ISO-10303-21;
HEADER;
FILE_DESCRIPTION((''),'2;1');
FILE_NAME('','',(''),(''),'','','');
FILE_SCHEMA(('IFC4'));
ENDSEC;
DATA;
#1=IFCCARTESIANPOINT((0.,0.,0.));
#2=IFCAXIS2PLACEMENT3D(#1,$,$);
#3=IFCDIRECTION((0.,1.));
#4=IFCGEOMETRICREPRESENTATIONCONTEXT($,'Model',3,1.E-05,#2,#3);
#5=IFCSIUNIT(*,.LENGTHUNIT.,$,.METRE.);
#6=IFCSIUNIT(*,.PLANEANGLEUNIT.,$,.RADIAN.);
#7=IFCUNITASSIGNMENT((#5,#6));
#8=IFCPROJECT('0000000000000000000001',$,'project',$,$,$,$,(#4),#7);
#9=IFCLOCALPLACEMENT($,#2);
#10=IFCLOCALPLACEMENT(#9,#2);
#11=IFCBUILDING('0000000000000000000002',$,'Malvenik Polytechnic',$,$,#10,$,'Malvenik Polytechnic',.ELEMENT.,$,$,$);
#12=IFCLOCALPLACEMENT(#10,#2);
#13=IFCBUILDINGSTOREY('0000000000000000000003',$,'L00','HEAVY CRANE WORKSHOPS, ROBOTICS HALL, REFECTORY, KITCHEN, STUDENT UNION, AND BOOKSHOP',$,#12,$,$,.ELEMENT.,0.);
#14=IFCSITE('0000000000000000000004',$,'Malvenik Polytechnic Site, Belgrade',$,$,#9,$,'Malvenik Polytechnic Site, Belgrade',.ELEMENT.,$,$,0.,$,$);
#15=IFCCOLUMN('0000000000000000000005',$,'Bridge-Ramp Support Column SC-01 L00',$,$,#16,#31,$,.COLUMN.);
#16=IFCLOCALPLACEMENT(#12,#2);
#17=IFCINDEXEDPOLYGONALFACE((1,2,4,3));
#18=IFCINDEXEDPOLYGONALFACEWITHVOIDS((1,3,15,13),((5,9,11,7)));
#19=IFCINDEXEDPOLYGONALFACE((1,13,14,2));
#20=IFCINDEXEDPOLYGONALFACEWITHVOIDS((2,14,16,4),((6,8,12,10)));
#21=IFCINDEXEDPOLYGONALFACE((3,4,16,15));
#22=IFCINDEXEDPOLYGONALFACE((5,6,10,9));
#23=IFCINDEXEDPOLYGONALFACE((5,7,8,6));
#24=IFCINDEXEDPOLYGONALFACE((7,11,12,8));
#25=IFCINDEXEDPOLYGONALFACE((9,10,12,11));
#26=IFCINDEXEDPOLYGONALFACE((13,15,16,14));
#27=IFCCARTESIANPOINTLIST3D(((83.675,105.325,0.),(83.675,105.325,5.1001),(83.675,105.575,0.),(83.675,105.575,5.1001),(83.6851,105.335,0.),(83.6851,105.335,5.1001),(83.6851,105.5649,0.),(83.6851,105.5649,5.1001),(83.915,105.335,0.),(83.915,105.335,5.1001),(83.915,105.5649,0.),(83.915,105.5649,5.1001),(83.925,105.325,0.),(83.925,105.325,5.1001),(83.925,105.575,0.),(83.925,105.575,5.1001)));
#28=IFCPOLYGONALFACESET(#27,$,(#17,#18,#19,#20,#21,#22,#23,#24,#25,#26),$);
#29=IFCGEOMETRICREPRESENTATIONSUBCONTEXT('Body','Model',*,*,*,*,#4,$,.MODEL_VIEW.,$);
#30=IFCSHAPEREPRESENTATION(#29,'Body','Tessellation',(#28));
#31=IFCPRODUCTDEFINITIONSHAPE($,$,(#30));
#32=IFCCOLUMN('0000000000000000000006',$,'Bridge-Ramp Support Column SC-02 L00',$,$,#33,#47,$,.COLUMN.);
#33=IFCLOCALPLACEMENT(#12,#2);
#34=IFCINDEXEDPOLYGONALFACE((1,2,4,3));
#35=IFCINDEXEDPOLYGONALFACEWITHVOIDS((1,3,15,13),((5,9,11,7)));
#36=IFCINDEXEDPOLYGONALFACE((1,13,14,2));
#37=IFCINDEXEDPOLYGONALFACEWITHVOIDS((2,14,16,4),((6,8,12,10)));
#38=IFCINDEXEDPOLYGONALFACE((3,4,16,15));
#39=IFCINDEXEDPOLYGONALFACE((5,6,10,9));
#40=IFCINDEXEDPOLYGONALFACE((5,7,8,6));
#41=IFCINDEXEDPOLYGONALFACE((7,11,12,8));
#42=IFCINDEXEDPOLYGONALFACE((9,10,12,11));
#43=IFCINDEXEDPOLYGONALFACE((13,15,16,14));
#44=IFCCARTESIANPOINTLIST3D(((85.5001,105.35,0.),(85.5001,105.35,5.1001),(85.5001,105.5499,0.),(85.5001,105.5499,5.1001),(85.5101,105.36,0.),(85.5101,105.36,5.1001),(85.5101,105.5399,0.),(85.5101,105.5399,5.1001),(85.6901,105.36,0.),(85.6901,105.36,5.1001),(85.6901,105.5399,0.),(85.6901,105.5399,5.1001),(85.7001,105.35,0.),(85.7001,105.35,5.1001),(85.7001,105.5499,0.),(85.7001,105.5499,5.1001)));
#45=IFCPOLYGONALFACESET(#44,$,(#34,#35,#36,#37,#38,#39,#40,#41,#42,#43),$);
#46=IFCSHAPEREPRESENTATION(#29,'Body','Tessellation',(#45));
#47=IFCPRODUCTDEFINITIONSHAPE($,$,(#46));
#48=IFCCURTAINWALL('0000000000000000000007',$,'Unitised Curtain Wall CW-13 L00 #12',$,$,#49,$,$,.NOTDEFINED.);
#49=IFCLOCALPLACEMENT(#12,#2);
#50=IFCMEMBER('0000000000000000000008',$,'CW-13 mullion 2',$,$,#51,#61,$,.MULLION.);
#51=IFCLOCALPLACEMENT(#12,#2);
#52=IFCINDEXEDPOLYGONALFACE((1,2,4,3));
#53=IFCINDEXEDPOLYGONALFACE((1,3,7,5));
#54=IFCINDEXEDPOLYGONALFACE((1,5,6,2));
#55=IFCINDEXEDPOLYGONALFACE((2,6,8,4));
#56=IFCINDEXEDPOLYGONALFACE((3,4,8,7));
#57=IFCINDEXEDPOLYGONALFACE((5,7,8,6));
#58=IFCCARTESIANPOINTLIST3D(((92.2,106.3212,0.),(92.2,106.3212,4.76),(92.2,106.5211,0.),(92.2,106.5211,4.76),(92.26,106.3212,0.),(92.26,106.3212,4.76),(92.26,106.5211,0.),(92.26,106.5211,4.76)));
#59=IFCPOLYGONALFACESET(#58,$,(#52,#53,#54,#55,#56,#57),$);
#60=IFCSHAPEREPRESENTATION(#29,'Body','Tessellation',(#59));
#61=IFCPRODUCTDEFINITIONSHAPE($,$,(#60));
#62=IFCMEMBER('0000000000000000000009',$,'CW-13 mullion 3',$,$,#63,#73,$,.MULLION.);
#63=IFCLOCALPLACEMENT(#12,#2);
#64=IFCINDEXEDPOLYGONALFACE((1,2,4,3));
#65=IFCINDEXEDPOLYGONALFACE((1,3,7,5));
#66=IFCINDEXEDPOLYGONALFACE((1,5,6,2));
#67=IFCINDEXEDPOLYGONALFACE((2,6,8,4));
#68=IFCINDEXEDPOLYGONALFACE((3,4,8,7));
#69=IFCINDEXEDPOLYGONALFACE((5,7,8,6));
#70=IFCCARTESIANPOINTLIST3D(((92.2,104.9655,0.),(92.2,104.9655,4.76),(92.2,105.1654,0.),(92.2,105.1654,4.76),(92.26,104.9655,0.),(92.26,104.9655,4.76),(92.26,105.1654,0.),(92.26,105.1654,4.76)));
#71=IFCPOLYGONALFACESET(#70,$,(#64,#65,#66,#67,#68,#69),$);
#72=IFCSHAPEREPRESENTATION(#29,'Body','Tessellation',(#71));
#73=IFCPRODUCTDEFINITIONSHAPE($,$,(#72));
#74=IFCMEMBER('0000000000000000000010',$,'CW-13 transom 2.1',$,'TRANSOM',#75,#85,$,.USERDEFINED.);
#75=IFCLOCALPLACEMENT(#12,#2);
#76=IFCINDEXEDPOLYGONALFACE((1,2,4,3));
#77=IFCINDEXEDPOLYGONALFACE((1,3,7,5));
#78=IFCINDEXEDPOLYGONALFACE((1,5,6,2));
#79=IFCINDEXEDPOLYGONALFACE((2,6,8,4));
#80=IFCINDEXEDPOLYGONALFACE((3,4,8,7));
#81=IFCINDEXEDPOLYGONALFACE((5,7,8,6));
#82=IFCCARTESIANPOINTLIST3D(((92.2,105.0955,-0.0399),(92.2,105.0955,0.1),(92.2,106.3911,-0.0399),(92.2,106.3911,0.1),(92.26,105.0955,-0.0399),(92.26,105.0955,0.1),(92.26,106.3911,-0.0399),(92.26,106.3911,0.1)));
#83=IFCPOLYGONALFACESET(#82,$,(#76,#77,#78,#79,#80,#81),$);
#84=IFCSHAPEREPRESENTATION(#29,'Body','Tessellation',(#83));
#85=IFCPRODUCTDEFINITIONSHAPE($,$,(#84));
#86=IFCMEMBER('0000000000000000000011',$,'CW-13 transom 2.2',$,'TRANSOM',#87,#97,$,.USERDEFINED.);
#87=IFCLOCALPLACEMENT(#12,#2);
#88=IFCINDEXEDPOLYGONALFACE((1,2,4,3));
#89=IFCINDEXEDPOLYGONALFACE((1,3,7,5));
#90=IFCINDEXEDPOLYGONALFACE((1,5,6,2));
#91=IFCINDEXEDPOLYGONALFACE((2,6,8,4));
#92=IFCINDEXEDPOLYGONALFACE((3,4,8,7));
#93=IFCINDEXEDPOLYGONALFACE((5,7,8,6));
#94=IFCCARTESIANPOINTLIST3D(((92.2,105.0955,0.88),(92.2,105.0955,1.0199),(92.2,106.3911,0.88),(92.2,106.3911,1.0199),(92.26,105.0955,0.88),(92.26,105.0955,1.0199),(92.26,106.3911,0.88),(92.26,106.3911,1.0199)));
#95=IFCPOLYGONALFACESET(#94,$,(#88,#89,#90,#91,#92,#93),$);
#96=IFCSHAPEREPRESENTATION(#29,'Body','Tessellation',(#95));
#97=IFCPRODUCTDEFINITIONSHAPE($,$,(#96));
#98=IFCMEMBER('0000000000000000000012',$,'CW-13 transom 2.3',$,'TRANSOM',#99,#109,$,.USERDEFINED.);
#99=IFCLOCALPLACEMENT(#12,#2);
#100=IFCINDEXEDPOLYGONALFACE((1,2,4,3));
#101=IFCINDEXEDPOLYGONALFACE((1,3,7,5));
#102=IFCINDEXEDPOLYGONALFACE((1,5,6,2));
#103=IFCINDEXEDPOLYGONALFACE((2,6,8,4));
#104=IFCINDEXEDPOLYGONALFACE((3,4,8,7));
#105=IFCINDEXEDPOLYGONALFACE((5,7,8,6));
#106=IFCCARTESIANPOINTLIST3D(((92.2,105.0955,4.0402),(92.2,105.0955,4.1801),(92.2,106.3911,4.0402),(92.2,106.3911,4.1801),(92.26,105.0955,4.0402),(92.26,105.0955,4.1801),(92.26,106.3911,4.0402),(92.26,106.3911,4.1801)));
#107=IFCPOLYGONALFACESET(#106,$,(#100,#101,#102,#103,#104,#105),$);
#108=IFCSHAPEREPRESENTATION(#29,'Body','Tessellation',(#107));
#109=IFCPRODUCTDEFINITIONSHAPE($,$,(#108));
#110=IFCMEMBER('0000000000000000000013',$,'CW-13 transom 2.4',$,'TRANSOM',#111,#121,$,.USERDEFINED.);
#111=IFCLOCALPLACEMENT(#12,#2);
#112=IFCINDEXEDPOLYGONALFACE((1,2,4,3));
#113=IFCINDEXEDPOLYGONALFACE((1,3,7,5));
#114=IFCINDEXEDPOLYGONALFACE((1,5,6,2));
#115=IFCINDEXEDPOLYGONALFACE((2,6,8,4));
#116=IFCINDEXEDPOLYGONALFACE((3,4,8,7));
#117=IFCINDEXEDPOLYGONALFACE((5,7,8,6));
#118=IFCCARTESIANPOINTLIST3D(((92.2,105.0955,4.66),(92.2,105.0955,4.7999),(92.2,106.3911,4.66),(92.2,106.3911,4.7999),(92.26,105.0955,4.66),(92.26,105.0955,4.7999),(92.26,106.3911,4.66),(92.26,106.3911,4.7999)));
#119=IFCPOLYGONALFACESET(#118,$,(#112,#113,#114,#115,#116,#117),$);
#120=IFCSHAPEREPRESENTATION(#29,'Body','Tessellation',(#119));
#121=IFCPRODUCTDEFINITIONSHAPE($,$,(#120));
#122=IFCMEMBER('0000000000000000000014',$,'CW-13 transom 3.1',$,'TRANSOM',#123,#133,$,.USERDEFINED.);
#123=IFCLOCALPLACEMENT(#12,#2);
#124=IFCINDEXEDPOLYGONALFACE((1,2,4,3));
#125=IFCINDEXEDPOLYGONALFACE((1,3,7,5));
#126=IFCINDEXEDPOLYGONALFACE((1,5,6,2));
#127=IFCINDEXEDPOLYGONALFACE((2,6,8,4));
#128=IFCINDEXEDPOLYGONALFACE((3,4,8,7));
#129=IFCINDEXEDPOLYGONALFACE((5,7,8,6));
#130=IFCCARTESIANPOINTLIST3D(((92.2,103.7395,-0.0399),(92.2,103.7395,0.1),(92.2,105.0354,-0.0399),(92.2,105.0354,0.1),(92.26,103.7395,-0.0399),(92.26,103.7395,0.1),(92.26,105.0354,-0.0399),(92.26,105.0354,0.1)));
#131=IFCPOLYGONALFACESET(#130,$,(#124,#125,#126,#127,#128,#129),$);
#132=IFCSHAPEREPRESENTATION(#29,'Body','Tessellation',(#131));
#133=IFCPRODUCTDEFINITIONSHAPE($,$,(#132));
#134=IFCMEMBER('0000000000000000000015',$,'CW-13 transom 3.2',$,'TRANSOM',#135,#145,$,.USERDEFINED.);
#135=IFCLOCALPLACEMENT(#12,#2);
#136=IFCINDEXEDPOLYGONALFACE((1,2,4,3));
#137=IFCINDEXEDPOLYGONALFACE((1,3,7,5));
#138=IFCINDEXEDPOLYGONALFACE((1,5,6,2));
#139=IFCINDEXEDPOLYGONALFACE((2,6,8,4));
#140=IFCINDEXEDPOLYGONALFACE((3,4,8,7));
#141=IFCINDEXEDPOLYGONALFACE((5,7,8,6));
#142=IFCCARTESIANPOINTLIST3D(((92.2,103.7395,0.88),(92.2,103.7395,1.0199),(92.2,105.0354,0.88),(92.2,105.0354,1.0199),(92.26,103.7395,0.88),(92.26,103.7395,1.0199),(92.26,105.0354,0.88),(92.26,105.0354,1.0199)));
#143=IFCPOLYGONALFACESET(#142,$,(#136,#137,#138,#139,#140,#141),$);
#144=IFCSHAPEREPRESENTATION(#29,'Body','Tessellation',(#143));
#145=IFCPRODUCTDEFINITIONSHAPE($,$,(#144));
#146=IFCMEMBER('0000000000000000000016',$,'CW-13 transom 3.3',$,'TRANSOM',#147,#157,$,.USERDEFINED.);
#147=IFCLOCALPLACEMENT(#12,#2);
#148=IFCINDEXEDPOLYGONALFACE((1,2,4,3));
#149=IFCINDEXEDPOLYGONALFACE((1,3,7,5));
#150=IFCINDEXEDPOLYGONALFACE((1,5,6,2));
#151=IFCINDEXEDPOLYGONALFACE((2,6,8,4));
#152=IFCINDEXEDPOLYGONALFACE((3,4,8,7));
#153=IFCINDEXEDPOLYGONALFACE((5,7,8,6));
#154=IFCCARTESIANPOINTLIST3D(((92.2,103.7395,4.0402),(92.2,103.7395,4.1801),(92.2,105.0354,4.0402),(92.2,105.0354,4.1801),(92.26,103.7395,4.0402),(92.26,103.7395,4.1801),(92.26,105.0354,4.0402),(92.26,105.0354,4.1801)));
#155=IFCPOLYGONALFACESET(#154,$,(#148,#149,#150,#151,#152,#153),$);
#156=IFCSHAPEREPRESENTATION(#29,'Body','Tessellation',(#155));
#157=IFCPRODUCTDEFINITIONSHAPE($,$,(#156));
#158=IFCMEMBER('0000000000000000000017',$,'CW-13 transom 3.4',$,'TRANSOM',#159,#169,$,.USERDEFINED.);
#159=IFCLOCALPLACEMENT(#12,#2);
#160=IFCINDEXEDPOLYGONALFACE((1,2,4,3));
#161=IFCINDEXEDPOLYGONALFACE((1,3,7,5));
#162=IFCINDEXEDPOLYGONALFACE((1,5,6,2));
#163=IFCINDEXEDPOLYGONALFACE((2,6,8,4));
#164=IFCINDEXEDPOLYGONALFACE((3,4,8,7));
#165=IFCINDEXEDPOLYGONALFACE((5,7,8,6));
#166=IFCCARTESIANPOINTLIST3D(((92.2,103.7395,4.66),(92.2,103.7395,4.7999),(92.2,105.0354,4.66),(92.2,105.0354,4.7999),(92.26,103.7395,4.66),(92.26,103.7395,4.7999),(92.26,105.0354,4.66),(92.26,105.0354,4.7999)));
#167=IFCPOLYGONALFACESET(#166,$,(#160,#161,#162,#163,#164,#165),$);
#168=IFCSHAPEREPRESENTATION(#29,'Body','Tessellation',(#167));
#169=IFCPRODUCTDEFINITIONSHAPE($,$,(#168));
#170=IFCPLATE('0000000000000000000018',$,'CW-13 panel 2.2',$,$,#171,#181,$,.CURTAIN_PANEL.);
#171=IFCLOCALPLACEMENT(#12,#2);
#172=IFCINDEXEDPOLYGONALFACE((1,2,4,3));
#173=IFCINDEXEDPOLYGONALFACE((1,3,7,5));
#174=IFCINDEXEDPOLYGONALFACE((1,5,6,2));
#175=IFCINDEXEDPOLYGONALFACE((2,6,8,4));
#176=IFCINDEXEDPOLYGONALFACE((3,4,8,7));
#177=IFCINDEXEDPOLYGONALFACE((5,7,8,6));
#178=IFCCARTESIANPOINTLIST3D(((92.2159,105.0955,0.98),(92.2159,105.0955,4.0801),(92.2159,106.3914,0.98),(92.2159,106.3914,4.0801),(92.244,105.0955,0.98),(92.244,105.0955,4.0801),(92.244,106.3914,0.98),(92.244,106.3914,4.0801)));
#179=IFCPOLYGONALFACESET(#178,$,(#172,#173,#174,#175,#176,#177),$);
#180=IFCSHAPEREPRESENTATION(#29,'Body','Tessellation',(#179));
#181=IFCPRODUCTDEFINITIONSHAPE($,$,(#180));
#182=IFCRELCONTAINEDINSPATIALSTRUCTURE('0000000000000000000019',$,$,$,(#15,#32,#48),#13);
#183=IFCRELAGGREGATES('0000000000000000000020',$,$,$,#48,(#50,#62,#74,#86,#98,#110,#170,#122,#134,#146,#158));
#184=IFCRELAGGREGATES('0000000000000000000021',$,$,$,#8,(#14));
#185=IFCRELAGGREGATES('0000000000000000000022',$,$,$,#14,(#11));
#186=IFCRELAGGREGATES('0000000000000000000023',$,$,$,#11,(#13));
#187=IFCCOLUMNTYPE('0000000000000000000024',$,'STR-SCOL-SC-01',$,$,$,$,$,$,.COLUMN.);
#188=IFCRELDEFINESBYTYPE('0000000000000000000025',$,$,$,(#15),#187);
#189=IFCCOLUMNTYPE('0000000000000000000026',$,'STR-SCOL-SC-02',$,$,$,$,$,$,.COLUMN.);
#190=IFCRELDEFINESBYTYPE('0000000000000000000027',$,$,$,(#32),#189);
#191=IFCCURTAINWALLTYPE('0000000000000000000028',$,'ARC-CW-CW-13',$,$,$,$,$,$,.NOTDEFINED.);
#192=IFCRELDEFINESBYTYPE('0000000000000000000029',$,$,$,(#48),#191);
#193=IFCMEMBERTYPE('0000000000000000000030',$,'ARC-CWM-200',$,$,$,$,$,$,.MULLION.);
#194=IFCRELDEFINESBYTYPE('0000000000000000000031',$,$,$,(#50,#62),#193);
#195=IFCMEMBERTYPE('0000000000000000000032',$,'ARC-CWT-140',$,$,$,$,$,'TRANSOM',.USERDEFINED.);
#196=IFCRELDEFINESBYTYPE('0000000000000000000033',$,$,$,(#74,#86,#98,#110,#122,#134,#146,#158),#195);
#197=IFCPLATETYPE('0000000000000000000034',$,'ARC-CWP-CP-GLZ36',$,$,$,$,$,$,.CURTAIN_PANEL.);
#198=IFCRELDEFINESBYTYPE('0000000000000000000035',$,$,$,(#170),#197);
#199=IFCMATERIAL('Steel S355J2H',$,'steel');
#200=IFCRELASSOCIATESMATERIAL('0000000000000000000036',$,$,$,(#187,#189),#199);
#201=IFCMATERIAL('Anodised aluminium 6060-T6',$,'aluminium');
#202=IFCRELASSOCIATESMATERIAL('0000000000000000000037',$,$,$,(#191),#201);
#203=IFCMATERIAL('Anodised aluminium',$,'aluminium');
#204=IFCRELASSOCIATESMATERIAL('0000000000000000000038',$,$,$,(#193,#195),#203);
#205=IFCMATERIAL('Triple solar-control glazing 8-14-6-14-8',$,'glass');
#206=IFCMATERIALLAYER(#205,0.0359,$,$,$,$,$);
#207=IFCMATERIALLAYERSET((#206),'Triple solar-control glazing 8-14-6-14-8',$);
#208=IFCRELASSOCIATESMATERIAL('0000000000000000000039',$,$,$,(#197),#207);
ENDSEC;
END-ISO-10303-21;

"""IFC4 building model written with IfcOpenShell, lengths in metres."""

from ifc_helpers import new_model, si_unit, direction, frame, origin, origin_2d, place, context, subcontext, project, spatial, rectangle, hollow_rectangle, extrude, material, layer, layer_set, material_profile, profile_set, type_object, element, aggregate, save


model = new_model("IFC4")

# Units and contexts
model_context = context("Model", 3, precision=1e-05, world=origin(), true_north=direction((0.0, 1.0)))
body_context = subcontext(model_context, "Body", "Model", "MODEL_VIEW")
ifc_project = project(units=[si_unit("LENGTHUNIT", "METRE"), si_unit("PLANEANGLEUNIT", "RADIAN")], contexts=[model_context])

# Site, building, storey
site_placement = place(None, origin())
site = spatial("IfcSite", under=ifc_project, at=site_placement, Name="Malvenik Polytechnic Site, Belgrade", LongName="Malvenik Polytechnic Site, Belgrade", CompositionType="ELEMENT", RefElevation=0.0)
building_placement = place(site_placement, origin())
building = spatial("IfcBuilding", under=site, at=building_placement, Name="Malvenik Polytechnic", LongName="Malvenik Polytechnic", CompositionType="ELEMENT")
storey_placement = place(building_placement, origin())
storey = spatial("IfcBuildingStorey", under=building, at=storey_placement, Name="L00", Description="HEAVY CRANE WORKSHOPS, ROBOTICS HALL, REFECTORY, KITCHEN, STUDENT UNION, AND BOOKSHOP", CompositionType="ELEMENT", Elevation=0.0)

# Columns
ifc_material_1 = material(Name="Steel S355J2H", Category="steel")
ifc_material_profile_1 = material_profile(ifc_material_1, hollow_rectangle(XDim=0.25, YDim=0.25, WallThickness=0.01, at=origin_2d()), Name="SHS 250x250x10.0")
ifc_profile_set_1 = profile_set([ifc_material_profile_1], Name="Steel S355J2H")
column_type_1 = type_object("IfcColumnType", Name="STR-SCOL-SC-01", PredefinedType="COLUMN", material=ifc_profile_set_1)
column_1_placement = place(storey_placement, frame((83.8, 105.45, 0.0), z_axis=(0.0, 0.0, 1.0), x_axis=(1.0, 0.0, 0.0)))
element("IfcColumn", 1, at=column_1_placement, inside=storey, type_object=column_type_1, Name="Bridge-Ramp Support Column SC-01 L00", PredefinedType="COLUMN", context=body_context, shape_type="SweptSolid", body=[
    extrude(hollow_rectangle(XDim=0.25, YDim=0.25, WallThickness=0.01, at=origin_2d()), origin(), (0.0, 0.0, 1.0), 5.1001),
])
ifc_material_profile_2 = material_profile(ifc_material_1, hollow_rectangle(XDim=0.2, YDim=0.2, WallThickness=0.01, at=origin_2d()), Name="SHS 200x200x10.0")
ifc_profile_set_2 = profile_set([ifc_material_profile_2], Name="Steel S355J2H")
column_type_2 = type_object("IfcColumnType", Name="STR-SCOL-SC-02", PredefinedType="COLUMN", material=ifc_profile_set_2)
column_2_placement = place(storey_placement, frame((85.6001, 105.45, 0.0), z_axis=(0.0, 0.0, 1.0), x_axis=(1.0, 0.0, 0.0)))
element("IfcColumn", 2, at=column_2_placement, inside=storey, type_object=column_type_2, Name="Bridge-Ramp Support Column SC-02 L00", PredefinedType="COLUMN", context=body_context, shape_type="SweptSolid", body=[
    extrude(hollow_rectangle(XDim=0.2, YDim=0.2, WallThickness=0.01, at=origin_2d()), origin(), (0.0, 0.0, 1.0), 5.1001),
])

# Curtain wall, members, plate
ifc_material_2 = material(Name="Anodised aluminium 6060-T6", Category="aluminium")
curtain_wall_type = type_object("IfcCurtainWallType", Name="ARC-CW-CW-13", PredefinedType="NOTDEFINED", material=ifc_material_2)
curtain_wall_placement = place(storey_placement, origin())
curtain_wall = element("IfcCurtainWall", 3, at=curtain_wall_placement, inside=storey, type_object=curtain_wall_type, Name="Unitised Curtain Wall CW-13 L00 #12", PredefinedType="NOTDEFINED")
ifc_material_3 = material(Name="Anodised aluminium", Category="aluminium")
ifc_material_profile_3 = material_profile(ifc_material_3, rectangle(XDim=0.0601, YDim=0.2, at=origin_2d()), Name="ALU MULLION 60x200")
ifc_profile_set_3 = profile_set([ifc_material_profile_3], Name="Anodised aluminium")
member_type_1 = type_object("IfcMemberType", Name="ARC-CWM-200", PredefinedType="MULLION", material=ifc_profile_set_3)
member_1_placement = place(storey_placement, frame((92.23, 106.4211, 0.0), z_axis=(0.0, 0.0, 1.0), x_axis=(1.0, 0.0, 0.0)))
member_1 = element("IfcMember", 4, at=member_1_placement, type_object=member_type_1, Name="CW-13 mullion 2", PredefinedType="MULLION", context=body_context, shape_type="SweptSolid", body=[
    extrude(rectangle(XDim=0.0601, YDim=0.2, at=origin_2d()), origin(), (0.0, 0.0, 1.0), 4.76),
])
member_2_placement = place(storey_placement, frame((92.23, 105.0654, 0.0), z_axis=(0.0, 0.0, 1.0), x_axis=(1.0, 0.0, 0.0)))
member_2 = element("IfcMember", 5, at=member_2_placement, type_object=member_type_1, Name="CW-13 mullion 3", PredefinedType="MULLION", context=body_context, shape_type="SweptSolid", body=[
    extrude(rectangle(XDim=0.0601, YDim=0.2, at=origin_2d()), origin(), (0.0, 0.0, 1.0), 4.76),
])
ifc_material_profile_4 = material_profile(ifc_material_3, rectangle(XDim=0.0601, YDim=0.1399, at=origin_2d()), Name="ALU TRANSOM 60x140")
ifc_profile_set_4 = profile_set([ifc_material_profile_4], Name="Anodised aluminium")
member_type_2 = type_object("IfcMemberType", Name="ARC-CWT-140", ElementType="TRANSOM", PredefinedType="USERDEFINED", material=ifc_profile_set_4)
member_3_placement = place(storey_placement, frame((92.23, 106.3911, 0.03), z_axis=(0.0, -1.0, 0.0), x_axis=(1.0, 0.0, 0.0)))
member_3 = element("IfcMember", 6, at=member_3_placement, type_object=member_type_2, Name="CW-13 transom 2.1", ObjectType="TRANSOM", PredefinedType="USERDEFINED", context=body_context, shape_type="SweptSolid", body=[
    extrude(rectangle(XDim=0.0601, YDim=0.1399, at=origin_2d()), origin(), (0.0, 0.0, 1.0), 1.2957),
])
member_4_placement = place(storey_placement, frame((92.23, 106.3911, 0.95), z_axis=(0.0, -1.0, 0.0), x_axis=(1.0, 0.0, 0.0)))
member_4 = element("IfcMember", 7, at=member_4_placement, type_object=member_type_2, Name="CW-13 transom 2.2", ObjectType="TRANSOM", PredefinedType="USERDEFINED", context=body_context, shape_type="SweptSolid", body=[
    extrude(rectangle(XDim=0.0601, YDim=0.1399, at=origin_2d()), origin(), (0.0, 0.0, 1.0), 1.2957),
])
member_5_placement = place(storey_placement, frame((92.23, 106.3911, 4.1101), z_axis=(0.0, -1.0, 0.0), x_axis=(1.0, 0.0, 0.0)))
member_5 = element("IfcMember", 8, at=member_5_placement, type_object=member_type_2, Name="CW-13 transom 2.3", ObjectType="TRANSOM", PredefinedType="USERDEFINED", context=body_context, shape_type="SweptSolid", body=[
    extrude(rectangle(XDim=0.0601, YDim=0.1399, at=origin_2d()), origin(), (0.0, 0.0, 1.0), 1.2957),
])
member_6_placement = place(storey_placement, frame((92.23, 106.3911, 4.73), z_axis=(0.0, -1.0, 0.0), x_axis=(1.0, 0.0, 0.0)))
member_6 = element("IfcMember", 9, at=member_6_placement, type_object=member_type_2, Name="CW-13 transom 2.4", ObjectType="TRANSOM", PredefinedType="USERDEFINED", context=body_context, shape_type="SweptSolid", body=[
    extrude(rectangle(XDim=0.0601, YDim=0.1399, at=origin_2d()), origin(), (0.0, 0.0, 1.0), 1.2957),
])
member_7_placement = place(storey_placement, frame((92.23, 105.0354, 0.03), z_axis=(0.0, -1.0, 0.0), x_axis=(1.0, 0.0, 0.0)))
member_7 = element("IfcMember", 10, at=member_7_placement, type_object=member_type_2, Name="CW-13 transom 3.1", ObjectType="TRANSOM", PredefinedType="USERDEFINED", context=body_context, shape_type="SweptSolid", body=[
    extrude(rectangle(XDim=0.0601, YDim=0.1399, at=origin_2d()), origin(), (0.0, 0.0, 1.0), 1.2959),
])
member_8_placement = place(storey_placement, frame((92.23, 105.0354, 0.95), z_axis=(0.0, -1.0, 0.0), x_axis=(1.0, 0.0, 0.0)))
member_8 = element("IfcMember", 11, at=member_8_placement, type_object=member_type_2, Name="CW-13 transom 3.2", ObjectType="TRANSOM", PredefinedType="USERDEFINED", context=body_context, shape_type="SweptSolid", body=[
    extrude(rectangle(XDim=0.0601, YDim=0.1399, at=origin_2d()), origin(), (0.0, 0.0, 1.0), 1.2959),
])
member_9_placement = place(storey_placement, frame((92.23, 105.0354, 4.1101), z_axis=(0.0, -1.0, 0.0), x_axis=(1.0, 0.0, 0.0)))
member_9 = element("IfcMember", 12, at=member_9_placement, type_object=member_type_2, Name="CW-13 transom 3.3", ObjectType="TRANSOM", PredefinedType="USERDEFINED", context=body_context, shape_type="SweptSolid", body=[
    extrude(rectangle(XDim=0.0601, YDim=0.1399, at=origin_2d()), origin(), (0.0, 0.0, 1.0), 1.2959),
])
member_10_placement = place(storey_placement, frame((92.23, 105.0354, 4.73), z_axis=(0.0, -1.0, 0.0), x_axis=(1.0, 0.0, 0.0)))
member_10 = element("IfcMember", 13, at=member_10_placement, type_object=member_type_2, Name="CW-13 transom 3.4", ObjectType="TRANSOM", PredefinedType="USERDEFINED", context=body_context, shape_type="SweptSolid", body=[
    extrude(rectangle(XDim=0.0601, YDim=0.1399, at=origin_2d()), origin(), (0.0, 0.0, 1.0), 1.2959),
])
ifc_material_4 = material(Name="Triple solar-control glazing 8-14-6-14-8", Category="glass")
ifc_layer_1 = layer(ifc_material_4, 0.0359)
ifc_layer_set_1 = layer_set([ifc_layer_1], Name="Triple solar-control glazing 8-14-6-14-8")
plate_type_1 = type_object("IfcPlateType", Name="ARC-CWP-CP-GLZ36", PredefinedType="CURTAIN_PANEL", material=ifc_layer_set_1)
plate_1_placement = place(storey_placement, frame((92.23, 105.7434, 0.98), z_axis=(0.0, 0.0, 1.0), x_axis=(0.0, -1.0, 0.0)))
plate_1 = element("IfcPlate", 14, at=plate_1_placement, type_object=plate_type_1, Name="CW-13 panel 2.2", PredefinedType="CURTAIN_PANEL", context=body_context, shape_type="SweptSolid", body=[
    extrude(rectangle(XDim=1.2959, YDim=0.0281, at=origin_2d()), origin(), (0.0, 0.0, 1.0), 3.1001),
])
aggregate(curtain_wall, [member_1, member_2, member_3, member_4, member_5, member_6, plate_1, member_7, member_8, member_9, member_10])

save(model, "model.ifc")
